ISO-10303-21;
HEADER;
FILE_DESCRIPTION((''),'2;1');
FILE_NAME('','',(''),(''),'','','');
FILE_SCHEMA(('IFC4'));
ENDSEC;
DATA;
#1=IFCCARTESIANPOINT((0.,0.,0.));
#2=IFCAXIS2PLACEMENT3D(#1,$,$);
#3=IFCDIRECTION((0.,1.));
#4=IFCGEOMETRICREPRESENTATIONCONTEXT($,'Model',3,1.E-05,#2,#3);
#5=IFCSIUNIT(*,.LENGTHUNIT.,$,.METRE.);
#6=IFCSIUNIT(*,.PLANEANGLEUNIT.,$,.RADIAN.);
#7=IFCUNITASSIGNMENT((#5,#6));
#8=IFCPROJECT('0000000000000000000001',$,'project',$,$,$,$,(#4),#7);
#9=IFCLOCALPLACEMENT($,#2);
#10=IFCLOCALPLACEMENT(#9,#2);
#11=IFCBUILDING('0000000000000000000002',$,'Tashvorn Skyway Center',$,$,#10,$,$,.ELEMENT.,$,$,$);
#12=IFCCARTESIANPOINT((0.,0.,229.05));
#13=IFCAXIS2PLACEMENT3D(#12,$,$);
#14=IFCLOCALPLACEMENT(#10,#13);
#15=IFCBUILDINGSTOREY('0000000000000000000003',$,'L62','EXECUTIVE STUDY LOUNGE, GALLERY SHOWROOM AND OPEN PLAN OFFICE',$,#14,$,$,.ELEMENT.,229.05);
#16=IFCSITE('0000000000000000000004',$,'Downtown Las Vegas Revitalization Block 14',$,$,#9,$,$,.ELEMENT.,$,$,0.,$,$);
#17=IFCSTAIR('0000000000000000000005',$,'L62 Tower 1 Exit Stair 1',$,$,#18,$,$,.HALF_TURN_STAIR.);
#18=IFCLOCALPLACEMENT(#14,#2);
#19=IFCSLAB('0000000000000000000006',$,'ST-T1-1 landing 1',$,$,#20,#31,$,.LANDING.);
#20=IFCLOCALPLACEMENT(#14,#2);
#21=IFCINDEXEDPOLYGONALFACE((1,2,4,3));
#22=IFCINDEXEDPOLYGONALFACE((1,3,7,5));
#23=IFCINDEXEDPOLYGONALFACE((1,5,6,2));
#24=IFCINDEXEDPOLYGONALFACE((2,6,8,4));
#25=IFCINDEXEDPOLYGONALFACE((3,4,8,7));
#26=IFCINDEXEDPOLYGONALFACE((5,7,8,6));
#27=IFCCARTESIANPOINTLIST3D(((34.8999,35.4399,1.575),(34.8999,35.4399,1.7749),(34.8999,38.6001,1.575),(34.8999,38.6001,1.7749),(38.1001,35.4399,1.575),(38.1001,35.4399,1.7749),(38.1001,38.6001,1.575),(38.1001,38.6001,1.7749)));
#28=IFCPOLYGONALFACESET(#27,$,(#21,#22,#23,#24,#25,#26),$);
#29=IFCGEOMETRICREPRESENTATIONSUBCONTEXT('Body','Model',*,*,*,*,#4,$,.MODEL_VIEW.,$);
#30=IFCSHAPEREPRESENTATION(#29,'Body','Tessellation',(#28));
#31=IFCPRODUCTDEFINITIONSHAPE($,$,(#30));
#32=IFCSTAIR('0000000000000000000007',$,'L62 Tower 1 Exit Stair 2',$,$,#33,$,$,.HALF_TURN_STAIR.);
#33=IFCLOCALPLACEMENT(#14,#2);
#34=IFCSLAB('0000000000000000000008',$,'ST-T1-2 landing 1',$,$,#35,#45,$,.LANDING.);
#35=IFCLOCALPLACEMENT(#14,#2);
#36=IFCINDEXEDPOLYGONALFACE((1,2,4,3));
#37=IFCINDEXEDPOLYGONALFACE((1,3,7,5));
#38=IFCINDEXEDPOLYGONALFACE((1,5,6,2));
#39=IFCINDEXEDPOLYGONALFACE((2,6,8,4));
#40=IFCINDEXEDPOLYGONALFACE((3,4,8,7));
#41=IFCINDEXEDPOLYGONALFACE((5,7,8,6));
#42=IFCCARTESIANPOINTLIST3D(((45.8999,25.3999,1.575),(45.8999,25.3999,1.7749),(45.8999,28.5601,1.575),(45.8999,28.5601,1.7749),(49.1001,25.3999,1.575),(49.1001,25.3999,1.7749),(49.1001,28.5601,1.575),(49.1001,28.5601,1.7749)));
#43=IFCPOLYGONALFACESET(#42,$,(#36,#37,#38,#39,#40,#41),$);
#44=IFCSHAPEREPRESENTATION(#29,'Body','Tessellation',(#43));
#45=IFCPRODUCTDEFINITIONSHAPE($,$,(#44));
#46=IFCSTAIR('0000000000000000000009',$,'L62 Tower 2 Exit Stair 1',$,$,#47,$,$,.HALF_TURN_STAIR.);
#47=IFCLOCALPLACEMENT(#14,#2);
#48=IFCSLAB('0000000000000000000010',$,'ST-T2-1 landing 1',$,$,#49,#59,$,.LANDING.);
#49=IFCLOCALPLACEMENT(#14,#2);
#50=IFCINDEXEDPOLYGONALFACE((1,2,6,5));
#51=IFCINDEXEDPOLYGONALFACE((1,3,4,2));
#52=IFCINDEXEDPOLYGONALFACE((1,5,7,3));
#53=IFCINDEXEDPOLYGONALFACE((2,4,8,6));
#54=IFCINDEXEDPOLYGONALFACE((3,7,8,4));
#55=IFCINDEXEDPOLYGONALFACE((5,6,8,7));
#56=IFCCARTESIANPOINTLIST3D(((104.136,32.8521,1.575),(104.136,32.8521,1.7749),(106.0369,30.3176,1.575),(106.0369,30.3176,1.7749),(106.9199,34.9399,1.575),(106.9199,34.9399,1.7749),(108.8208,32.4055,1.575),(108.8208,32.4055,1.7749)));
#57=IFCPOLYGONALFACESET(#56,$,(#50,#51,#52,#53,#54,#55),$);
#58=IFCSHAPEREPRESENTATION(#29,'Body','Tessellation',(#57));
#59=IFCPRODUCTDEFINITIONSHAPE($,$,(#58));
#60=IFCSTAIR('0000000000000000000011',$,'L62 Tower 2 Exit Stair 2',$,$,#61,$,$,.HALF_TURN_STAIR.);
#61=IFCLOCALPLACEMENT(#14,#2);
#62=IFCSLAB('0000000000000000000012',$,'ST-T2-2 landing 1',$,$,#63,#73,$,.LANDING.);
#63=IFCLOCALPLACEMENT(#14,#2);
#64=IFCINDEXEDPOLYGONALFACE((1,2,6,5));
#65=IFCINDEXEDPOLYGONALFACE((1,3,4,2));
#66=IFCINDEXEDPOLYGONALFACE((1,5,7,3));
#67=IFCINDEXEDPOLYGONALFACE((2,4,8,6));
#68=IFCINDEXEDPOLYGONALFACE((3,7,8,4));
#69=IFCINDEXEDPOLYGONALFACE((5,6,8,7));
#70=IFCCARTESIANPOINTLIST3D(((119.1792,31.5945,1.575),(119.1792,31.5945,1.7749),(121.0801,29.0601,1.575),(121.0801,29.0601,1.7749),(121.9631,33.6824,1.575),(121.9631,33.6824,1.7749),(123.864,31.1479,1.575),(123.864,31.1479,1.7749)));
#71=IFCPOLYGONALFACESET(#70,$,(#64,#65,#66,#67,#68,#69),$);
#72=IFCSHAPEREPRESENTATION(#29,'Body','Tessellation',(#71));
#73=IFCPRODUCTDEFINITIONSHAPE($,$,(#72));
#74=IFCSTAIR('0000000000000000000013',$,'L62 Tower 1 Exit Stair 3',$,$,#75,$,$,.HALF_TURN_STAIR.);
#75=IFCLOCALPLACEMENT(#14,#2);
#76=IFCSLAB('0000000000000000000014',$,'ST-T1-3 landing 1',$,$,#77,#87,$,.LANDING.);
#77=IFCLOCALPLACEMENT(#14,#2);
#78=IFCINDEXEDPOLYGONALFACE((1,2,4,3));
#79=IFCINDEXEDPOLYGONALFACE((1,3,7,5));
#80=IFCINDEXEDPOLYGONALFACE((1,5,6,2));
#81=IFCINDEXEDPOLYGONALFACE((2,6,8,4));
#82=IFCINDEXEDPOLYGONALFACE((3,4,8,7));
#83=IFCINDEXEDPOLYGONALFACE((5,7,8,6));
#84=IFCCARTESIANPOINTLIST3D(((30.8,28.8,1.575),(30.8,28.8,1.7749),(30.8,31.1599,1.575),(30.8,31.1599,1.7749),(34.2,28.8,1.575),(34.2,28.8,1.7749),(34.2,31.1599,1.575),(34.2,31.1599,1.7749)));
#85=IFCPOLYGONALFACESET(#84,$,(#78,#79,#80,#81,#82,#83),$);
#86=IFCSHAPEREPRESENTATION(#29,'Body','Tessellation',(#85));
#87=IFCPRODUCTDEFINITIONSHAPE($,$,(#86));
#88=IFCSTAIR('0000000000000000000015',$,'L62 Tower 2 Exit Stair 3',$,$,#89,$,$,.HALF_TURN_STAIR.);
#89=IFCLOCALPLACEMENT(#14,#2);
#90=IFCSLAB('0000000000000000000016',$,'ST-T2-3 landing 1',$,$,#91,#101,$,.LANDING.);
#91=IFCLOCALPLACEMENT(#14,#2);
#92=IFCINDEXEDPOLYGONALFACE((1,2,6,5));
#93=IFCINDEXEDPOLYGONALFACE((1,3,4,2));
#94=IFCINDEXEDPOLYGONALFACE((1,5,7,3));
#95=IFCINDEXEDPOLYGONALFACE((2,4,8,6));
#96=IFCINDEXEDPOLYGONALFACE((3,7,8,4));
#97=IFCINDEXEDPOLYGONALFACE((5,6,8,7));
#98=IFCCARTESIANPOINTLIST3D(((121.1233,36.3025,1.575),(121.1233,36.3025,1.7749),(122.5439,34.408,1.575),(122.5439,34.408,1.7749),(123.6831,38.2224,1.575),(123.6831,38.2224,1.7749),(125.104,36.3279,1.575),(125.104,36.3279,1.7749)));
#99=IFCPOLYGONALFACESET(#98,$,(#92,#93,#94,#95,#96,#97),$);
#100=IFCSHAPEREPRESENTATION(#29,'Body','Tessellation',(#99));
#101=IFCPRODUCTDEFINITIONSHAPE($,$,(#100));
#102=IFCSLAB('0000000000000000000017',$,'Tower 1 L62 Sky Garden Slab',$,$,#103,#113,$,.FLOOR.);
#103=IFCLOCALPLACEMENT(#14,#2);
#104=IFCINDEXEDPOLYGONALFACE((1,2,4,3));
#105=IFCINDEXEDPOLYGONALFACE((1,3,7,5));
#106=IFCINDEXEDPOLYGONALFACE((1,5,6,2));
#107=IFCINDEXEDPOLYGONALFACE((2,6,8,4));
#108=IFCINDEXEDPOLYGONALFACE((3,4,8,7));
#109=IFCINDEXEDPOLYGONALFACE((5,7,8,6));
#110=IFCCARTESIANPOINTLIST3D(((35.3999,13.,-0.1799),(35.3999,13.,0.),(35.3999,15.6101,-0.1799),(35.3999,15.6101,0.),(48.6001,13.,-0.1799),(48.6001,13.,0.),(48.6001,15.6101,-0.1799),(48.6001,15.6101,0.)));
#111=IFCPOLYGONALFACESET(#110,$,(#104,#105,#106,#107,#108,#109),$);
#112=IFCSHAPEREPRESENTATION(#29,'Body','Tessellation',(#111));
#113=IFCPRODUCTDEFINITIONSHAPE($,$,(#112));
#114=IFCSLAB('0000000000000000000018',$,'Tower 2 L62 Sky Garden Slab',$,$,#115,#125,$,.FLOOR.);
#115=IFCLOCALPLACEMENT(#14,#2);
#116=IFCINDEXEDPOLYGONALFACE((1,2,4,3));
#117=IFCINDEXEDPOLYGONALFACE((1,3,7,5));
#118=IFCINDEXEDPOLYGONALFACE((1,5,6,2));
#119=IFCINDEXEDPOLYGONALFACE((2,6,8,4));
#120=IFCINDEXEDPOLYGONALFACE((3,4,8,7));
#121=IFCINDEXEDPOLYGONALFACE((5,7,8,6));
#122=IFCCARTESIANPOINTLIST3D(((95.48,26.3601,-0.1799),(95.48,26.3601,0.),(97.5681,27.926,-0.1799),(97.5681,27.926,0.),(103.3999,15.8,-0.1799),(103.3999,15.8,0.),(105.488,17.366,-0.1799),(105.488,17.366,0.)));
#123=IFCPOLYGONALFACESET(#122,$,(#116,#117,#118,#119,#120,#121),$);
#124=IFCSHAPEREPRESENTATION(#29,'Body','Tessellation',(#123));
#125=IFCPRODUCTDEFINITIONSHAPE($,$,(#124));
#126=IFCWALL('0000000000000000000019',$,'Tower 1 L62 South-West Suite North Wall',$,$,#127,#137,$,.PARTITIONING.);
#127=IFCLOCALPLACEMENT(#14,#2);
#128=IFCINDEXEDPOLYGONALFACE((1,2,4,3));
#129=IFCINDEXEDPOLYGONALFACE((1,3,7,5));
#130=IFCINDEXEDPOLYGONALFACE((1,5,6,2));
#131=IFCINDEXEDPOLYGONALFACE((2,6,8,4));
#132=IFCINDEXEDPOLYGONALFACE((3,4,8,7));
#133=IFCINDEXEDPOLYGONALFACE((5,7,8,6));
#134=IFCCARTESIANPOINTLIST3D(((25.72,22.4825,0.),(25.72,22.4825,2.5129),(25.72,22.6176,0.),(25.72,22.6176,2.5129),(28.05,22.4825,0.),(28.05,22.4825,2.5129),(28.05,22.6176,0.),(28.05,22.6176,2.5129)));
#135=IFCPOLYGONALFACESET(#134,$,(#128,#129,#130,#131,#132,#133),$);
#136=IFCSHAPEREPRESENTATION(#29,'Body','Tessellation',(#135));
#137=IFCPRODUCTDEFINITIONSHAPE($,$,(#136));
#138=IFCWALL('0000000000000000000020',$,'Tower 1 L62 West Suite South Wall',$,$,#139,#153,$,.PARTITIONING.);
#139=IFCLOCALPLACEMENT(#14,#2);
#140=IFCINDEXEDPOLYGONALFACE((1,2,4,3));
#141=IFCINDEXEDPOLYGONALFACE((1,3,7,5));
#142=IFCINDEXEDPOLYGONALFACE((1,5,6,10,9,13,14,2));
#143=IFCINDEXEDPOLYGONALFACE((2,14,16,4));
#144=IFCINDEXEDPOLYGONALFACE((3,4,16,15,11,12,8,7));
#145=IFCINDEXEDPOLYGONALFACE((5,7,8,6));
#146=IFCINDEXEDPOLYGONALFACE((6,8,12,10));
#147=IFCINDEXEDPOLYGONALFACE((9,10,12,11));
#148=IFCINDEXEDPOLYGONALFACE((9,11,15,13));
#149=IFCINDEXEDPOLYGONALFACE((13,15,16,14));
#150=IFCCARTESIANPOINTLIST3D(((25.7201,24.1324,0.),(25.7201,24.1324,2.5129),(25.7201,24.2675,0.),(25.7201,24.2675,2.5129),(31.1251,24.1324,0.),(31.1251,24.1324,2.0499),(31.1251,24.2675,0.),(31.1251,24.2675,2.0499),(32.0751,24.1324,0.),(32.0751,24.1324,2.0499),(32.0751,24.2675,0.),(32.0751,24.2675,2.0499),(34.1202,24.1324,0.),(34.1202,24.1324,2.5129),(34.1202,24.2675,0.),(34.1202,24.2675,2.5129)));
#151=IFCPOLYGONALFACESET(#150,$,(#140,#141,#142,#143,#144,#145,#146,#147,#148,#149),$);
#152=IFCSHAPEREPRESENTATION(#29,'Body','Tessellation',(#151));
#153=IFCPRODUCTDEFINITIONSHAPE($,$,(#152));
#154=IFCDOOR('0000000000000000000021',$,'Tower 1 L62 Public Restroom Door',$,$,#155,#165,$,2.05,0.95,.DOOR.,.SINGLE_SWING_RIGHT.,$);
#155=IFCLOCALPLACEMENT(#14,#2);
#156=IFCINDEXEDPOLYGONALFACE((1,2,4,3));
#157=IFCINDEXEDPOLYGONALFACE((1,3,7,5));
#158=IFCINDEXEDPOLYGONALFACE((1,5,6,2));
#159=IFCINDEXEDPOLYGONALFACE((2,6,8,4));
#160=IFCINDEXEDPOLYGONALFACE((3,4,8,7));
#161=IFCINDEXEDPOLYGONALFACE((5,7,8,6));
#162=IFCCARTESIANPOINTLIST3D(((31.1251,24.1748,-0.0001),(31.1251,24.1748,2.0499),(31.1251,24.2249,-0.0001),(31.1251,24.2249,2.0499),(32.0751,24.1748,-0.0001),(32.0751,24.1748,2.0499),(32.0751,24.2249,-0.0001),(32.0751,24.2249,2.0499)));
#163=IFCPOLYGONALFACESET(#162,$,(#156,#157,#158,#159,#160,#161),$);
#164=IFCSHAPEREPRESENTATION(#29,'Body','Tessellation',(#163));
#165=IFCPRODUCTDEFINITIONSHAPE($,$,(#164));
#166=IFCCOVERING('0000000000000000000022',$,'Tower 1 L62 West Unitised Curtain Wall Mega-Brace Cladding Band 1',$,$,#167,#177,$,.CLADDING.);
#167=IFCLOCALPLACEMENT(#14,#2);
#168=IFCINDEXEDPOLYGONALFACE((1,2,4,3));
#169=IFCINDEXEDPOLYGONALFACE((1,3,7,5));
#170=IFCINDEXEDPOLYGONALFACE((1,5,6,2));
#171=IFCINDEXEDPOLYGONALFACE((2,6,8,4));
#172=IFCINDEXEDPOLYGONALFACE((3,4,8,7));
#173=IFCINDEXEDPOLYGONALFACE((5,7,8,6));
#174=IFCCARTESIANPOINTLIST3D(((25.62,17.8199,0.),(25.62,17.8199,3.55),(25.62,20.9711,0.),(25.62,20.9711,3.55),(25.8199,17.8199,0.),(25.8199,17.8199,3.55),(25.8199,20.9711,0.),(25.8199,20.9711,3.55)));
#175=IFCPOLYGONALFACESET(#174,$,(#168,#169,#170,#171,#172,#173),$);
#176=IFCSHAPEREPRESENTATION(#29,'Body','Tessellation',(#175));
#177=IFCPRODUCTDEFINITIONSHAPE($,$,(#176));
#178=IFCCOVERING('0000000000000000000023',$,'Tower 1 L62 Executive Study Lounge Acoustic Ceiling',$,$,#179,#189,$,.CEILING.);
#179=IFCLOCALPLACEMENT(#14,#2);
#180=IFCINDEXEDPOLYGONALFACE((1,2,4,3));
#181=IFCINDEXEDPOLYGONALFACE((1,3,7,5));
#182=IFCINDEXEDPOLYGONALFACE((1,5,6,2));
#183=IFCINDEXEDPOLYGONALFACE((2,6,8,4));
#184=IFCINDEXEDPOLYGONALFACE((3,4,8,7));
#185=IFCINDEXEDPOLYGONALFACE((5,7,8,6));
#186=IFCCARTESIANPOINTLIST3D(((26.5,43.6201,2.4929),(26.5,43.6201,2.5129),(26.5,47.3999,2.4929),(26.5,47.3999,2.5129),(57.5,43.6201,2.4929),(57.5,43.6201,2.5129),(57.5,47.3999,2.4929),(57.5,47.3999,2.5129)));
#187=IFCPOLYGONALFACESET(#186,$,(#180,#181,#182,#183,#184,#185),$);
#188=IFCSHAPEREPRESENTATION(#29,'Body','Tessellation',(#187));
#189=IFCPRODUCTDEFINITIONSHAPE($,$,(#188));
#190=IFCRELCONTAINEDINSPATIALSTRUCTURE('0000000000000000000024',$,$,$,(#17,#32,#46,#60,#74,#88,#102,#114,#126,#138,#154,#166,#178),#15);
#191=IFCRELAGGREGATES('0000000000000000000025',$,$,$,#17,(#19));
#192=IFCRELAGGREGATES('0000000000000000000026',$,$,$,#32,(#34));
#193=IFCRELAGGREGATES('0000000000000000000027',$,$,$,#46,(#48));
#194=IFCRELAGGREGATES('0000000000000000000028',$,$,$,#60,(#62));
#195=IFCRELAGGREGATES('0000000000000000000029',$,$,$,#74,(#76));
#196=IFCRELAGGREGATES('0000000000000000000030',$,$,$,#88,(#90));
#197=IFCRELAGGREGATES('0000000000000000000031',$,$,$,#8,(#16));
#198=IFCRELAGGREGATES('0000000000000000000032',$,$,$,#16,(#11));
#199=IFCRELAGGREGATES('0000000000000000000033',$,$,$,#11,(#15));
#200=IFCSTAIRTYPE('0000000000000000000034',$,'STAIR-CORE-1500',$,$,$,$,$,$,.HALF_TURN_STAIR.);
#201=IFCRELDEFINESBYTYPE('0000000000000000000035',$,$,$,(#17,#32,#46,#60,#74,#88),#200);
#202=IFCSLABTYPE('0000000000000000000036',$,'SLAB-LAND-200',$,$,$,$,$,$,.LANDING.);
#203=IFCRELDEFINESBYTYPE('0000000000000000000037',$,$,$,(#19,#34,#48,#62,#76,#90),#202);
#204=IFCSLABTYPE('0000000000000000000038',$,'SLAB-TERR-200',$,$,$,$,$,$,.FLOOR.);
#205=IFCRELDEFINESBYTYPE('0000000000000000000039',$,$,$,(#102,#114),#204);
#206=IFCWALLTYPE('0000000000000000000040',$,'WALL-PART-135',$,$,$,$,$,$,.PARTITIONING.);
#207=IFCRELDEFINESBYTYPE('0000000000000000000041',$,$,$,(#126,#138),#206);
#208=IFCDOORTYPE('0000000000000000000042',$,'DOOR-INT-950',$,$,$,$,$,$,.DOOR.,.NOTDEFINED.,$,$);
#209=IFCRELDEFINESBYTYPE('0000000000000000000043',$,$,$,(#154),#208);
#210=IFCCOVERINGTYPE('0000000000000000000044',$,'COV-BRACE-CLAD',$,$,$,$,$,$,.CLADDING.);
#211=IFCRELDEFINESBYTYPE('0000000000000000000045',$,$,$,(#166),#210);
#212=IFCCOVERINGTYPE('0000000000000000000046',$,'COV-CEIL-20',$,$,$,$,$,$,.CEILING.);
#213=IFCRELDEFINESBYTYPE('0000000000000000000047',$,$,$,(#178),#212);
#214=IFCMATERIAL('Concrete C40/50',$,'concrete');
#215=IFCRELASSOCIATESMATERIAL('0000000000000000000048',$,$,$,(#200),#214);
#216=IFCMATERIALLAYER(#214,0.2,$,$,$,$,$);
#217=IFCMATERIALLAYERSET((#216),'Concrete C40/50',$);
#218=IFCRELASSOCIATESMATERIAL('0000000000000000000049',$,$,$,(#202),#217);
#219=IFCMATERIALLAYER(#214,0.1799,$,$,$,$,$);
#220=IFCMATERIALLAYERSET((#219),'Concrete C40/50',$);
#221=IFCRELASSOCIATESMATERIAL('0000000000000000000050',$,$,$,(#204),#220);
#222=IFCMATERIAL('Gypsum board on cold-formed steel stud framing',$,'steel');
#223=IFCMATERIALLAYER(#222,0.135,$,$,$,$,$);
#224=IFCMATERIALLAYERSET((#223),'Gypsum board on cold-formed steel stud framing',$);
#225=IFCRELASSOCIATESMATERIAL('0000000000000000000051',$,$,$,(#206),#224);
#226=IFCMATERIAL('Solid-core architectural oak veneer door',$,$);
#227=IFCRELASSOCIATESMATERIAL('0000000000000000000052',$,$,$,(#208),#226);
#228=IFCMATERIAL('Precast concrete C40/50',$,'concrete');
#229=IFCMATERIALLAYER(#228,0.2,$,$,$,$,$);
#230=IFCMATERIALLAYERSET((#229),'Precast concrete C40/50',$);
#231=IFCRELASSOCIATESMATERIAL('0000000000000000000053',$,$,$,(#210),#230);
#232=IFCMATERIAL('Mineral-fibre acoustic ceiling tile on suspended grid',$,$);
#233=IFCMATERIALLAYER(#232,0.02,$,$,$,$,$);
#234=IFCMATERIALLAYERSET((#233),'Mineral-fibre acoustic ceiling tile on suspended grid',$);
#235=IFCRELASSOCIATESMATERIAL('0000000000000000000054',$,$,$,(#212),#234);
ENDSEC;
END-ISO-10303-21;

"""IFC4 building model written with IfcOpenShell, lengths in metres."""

from ifc_helpers import new_model, si_unit, direction, frame, frame_2d, origin, origin_2d, place, context, subcontext, project, spatial, polyline, rectangle, outline, extrude, material, layer, layer_set, type_object, element, fill, aggregate, save


model = new_model("IFC4")

# Units and contexts
model_context = context("Model", 3, precision=1e-05, world=origin(), true_north=direction((0.0, 1.0)))
body_context = subcontext(model_context, "Body", "Model", "MODEL_VIEW")
ifc_project = project(units=[si_unit("LENGTHUNIT", "METRE"), si_unit("PLANEANGLEUNIT", "RADIAN")], contexts=[model_context])

# Site, building, storey
site_placement = place(None, origin())
site = spatial("IfcSite", under=ifc_project, at=site_placement, Name="Downtown Las Vegas Revitalization Block 14", CompositionType="ELEMENT", RefElevation=0.0)
building_placement = place(site_placement, origin())
building = spatial("IfcBuilding", under=site, at=building_placement, Name="Tashvorn Skyway Center", CompositionType="ELEMENT")
storey_placement = place(building_placement, frame((0.0, 0.0, 229.05)))
storey = spatial("IfcBuildingStorey", under=building, at=storey_placement, Name="L62", Description="EXECUTIVE STUDY LOUNGE, GALLERY SHOWROOM AND OPEN PLAN OFFICE", CompositionType="ELEMENT", Elevation=229.05)

# Shared definitions
ifc_material_1 = material(Name="Concrete C40/50", Category="concrete")

# Stairs, slabs
stair_type = type_object("IfcStairType", Name="STAIR-CORE-1500", PredefinedType="HALF_TURN_STAIR", material=ifc_material_1)
stair_1_placement = place(storey_placement, origin())
stair_1 = element("IfcStair", 1, at=stair_1_placement, inside=storey, type_object=stair_type, Name="L62 Tower 1 Exit Stair 1", PredefinedType="HALF_TURN_STAIR")
ifc_layer_1 = layer(ifc_material_1, 0.2)
ifc_layer_set_1 = layer_set([ifc_layer_1], Name="Concrete C40/50")
slab_type_1 = type_object("IfcSlabType", Name="SLAB-LAND-200", PredefinedType="LANDING", material=ifc_layer_set_1)
slab_1_placement = place(storey_placement, frame((0.0, 0.0, 1.575)))
slab_1 = element("IfcSlab", 2, at=slab_1_placement, type_object=slab_type_1, Name="ST-T1-1 landing 1", PredefinedType="LANDING", context=body_context, shape_type="SweptSolid", body=[
    extrude(outline(polyline([(38.1001, 35.4399), (38.1001, 38.6001), (34.8999, 38.6001), (34.8999, 35.4399), (38.1001, 35.4399)])), origin(), (0.0, 0.0, 1.0), 0.2),
])
aggregate(stair_1, [slab_1])
stair_2_placement = place(storey_placement, origin())
stair_2 = element("IfcStair", 3, at=stair_2_placement, inside=storey, type_object=stair_type, Name="L62 Tower 1 Exit Stair 2", PredefinedType="HALF_TURN_STAIR")
slab_2_placement = place(storey_placement, frame((0.0, 0.0, 1.575)))
slab_2 = element("IfcSlab", 4, at=slab_2_placement, type_object=slab_type_1, Name="ST-T1-2 landing 1", PredefinedType="LANDING", context=body_context, shape_type="SweptSolid", body=[
    extrude(outline(polyline([(45.8999, 28.5601), (45.8999, 25.3999), (49.1001, 25.3999), (49.1001, 28.5601), (45.8999, 28.5601)])), origin(), (0.0, 0.0, 1.0), 0.2),
])
aggregate(stair_2, [slab_2])
stair_3_placement = place(storey_placement, origin())
stair_3 = element("IfcStair", 5, at=stair_3_placement, inside=storey, type_object=stair_type, Name="L62 Tower 2 Exit Stair 1", PredefinedType="HALF_TURN_STAIR")
slab_3_placement = place(storey_placement, frame((0.0, 0.0, 1.575)))
slab_3 = element("IfcSlab", 6, at=slab_3_placement, type_object=slab_type_1, Name="ST-T2-1 landing 1", PredefinedType="LANDING", context=body_context, shape_type="SweptSolid", body=[
    extrude(outline(polyline([(108.8208, 32.4055), (106.9199, 34.9399), (104.136, 32.8521), (106.0369, 30.3176), (108.8208, 32.4055)])), origin(), (0.0, 0.0, 1.0), 0.2),
])
aggregate(stair_3, [slab_3])
stair_4_placement = place(storey_placement, origin())
stair_4 = element("IfcStair", 7, at=stair_4_placement, inside=storey, type_object=stair_type, Name="L62 Tower 2 Exit Stair 2", PredefinedType="HALF_TURN_STAIR")
slab_4_placement = place(storey_placement, frame((0.0, 0.0, 1.575)))
slab_4 = element("IfcSlab", 8, at=slab_4_placement, type_object=slab_type_1, Name="ST-T2-2 landing 1", PredefinedType="LANDING", context=body_context, shape_type="SweptSolid", body=[
    extrude(outline(polyline([(119.1792, 31.5945), (121.0801, 29.0601), (123.864, 31.1479), (121.9631, 33.6824), (119.1792, 31.5945)])), origin(), (0.0, 0.0, 1.0), 0.2),
])
aggregate(stair_4, [slab_4])
stair_5_placement = place(storey_placement, origin())
stair_5 = element("IfcStair", 9, at=stair_5_placement, inside=storey, type_object=stair_type, Name="L62 Tower 1 Exit Stair 3", PredefinedType="HALF_TURN_STAIR")
slab_5_placement = place(storey_placement, frame((0.0, 0.0, 1.575)))
slab_5 = element("IfcSlab", 10, at=slab_5_placement, type_object=slab_type_1, Name="ST-T1-3 landing 1", PredefinedType="LANDING", context=body_context, shape_type="SweptSolid", body=[
    extrude(outline(polyline([(30.8, 31.1599), (30.8, 28.8), (34.2, 28.8), (34.2, 31.1599), (30.8, 31.1599)])), origin(), (0.0, 0.0, 1.0), 0.2),
])
aggregate(stair_5, [slab_5])
stair_6_placement = place(storey_placement, origin())
stair_6 = element("IfcStair", 11, at=stair_6_placement, inside=storey, type_object=stair_type, Name="L62 Tower 2 Exit Stair 3", PredefinedType="HALF_TURN_STAIR")
slab_6_placement = place(storey_placement, frame((0.0, 0.0, 1.575)))
slab_6 = element("IfcSlab", 12, at=slab_6_placement, type_object=slab_type_1, Name="ST-T2-3 landing 1", PredefinedType="LANDING", context=body_context, shape_type="SweptSolid", body=[
    extrude(outline(polyline([(121.1233, 36.3025), (122.5439, 34.408), (125.104, 36.3279), (123.6831, 38.2224), (121.1233, 36.3025)])), origin(), (0.0, 0.0, 1.0), 0.2),
])
aggregate(stair_6, [slab_6])

# Slabs
ifc_layer_2 = layer(ifc_material_1, 0.1799)
ifc_layer_set_2 = layer_set([ifc_layer_2], Name="Concrete C40/50")
slab_type_2 = type_object("IfcSlabType", Name="SLAB-TERR-200", PredefinedType="FLOOR", material=ifc_layer_set_2)
slab_7_placement = place(storey_placement, frame((0.0, 0.0, -0.1799)))
element("IfcSlab", 13, at=slab_7_placement, inside=storey, type_object=slab_type_2, Name="Tower 1 L62 Sky Garden Slab", PredefinedType="FLOOR", context=body_context, shape_type="SweptSolid", body=[
    extrude(outline(polyline([(35.3999, 13.0), (48.6001, 13.0), (48.6001, 15.6101), (35.3999, 15.6101), (35.3999, 13.0)])), origin(), (0.0, 0.0, 1.0), 0.1799),
])
slab_8_placement = place(storey_placement, frame((0.0, 0.0, -0.1799)))
element("IfcSlab", 14, at=slab_8_placement, inside=storey, type_object=slab_type_2, Name="Tower 2 L62 Sky Garden Slab", PredefinedType="FLOOR", context=body_context, shape_type="SweptSolid", body=[
    extrude(outline(polyline([(103.3999, 15.8), (105.488, 17.366), (97.5681, 27.926), (95.48, 26.3601), (103.3999, 15.8)])), origin(), (0.0, 0.0, 1.0), 0.1799),
])

# Wall
ifc_material_2 = material(Name="Gypsum board on cold-formed steel stud framing", Category="steel")
ifc_layer_3 = layer(ifc_material_2, 0.135)
ifc_layer_set_3 = layer_set([ifc_layer_3], Name="Gypsum board on cold-formed steel stud framing")
wall_type = type_object("IfcWallType", Name="WALL-PART-135", PredefinedType="PARTITIONING", material=ifc_layer_set_3)
wall_1_placement = place(storey_placement, frame((25.72, 22.55, 0.0), z_axis=(0.0, 0.0, 1.0), x_axis=(1.0, 0.0, 0.0)))
element("IfcWall", 15, at=wall_1_placement, inside=storey, type_object=wall_type, Name="Tower 1 L62 South-West Suite North Wall", PredefinedType="PARTITIONING", context=body_context, shape_type="SweptSolid", body=[
    extrude(rectangle(XDim=2.3301, YDim=0.135, at=frame_2d((1.165, 0.0))), origin(), (0.0, 0.0, 1.0), 2.5129),
])

# Wall, opening, door
wall_2_placement = place(storey_placement, frame((25.72, 24.2, 0.0), z_axis=(0.0, 0.0, 1.0), x_axis=(1.0, 0.0, 0.0)))
wall_2 = element("IfcWall", 16, at=wall_2_placement, inside=storey, type_object=wall_type, Name="Tower 1 L62 West Suite South Wall", PredefinedType="PARTITIONING", context=body_context, shape_type="SweptSolid", body=[
    extrude(rectangle(XDim=8.4001, YDim=0.135, at=frame_2d((4.2002, 0.0))), origin(), (0.0, 0.0, 1.0), 2.5129),
])
opening_placement = place(wall_2_placement, frame((5.405, 0.0, 0.0)))
opening = element("IfcOpeningElement", 17, at=opening_placement, cuts=wall_2, PredefinedType="OPENING", context=body_context, shape_type="SweptSolid", body=[
    extrude(rectangle(XDim=0.95, YDim=2.05, at=frame_2d((0.4751, 1.0249))), frame((0.0, 0.0774, 0.0), z_axis=(0.0, -1.0, 0.0), x_axis=(1.0, 0.0, 0.0)), (0.0, 0.0, 1.0), 0.155),
])
ifc_material_3 = material(Name="Solid-core architectural oak veneer door")
door_type = type_object("IfcDoorType", Name="DOOR-INT-950", OperationType="NOTDEFINED", PredefinedType="DOOR", material=ifc_material_3)
door_placement = place(opening_placement, origin())
door = element("IfcDoor", 18, at=door_placement, inside=storey, type_object=door_type, Name="Tower 1 L62 Public Restroom Door", OperationType="SINGLE_SWING_RIGHT", OverallHeight=2.05, OverallWidth=0.95, PredefinedType="DOOR", context=body_context, shape_type="SweptSolid", body=[
    extrude(rectangle(XDim=0.95, YDim=2.05, at=frame_2d((0.4751, 1.0249))), frame((0.0, 0.0249, 0.0), z_axis=(0.0, -1.0, 0.0), x_axis=(1.0, 0.0, 0.0)), (0.0, 0.0, 1.0), 0.05),
])
fill(opening, door)

# Coverings
ifc_material_4 = material(Name="Precast concrete C40/50", Category="concrete")
ifc_layer_4 = layer(ifc_material_4, 0.2)
ifc_layer_set_4 = layer_set([ifc_layer_4], Name="Precast concrete C40/50")
covering_type_1 = type_object("IfcCoveringType", Name="COV-BRACE-CLAD", PredefinedType="CLADDING", material=ifc_layer_set_4)
covering_1_placement = place(storey_placement, frame((25.72, 19.3955, 0.0), z_axis=(0.0, 0.0, 1.0), x_axis=(0.0, 1.0, 0.0)))
element("IfcCovering", 19, at=covering_1_placement, inside=storey, type_object=covering_type_1, Name="Tower 1 L62 West Unitised Curtain Wall Mega-Brace Cladding Band 1", PredefinedType="CLADDING", context=body_context, shape_type="SweptSolid", body=[
    extrude(rectangle(XDim=3.1511, YDim=0.2, at=origin_2d()), origin(), (0.0, 0.0, 1.0), 3.55),
])
ifc_material_5 = material(Name="Mineral-fibre acoustic ceiling tile on suspended grid")
ifc_layer_5 = layer(ifc_material_5, 0.02)
ifc_layer_set_5 = layer_set([ifc_layer_5], Name="Mineral-fibre acoustic ceiling tile on suspended grid")
covering_type_2 = type_object("IfcCoveringType", Name="COV-CEIL-20", PredefinedType="CEILING", material=ifc_layer_set_5)
covering_2_placement = place(storey_placement, frame((0.0, 0.0, 2.4929)))
element("IfcCovering", 20, at=covering_2_placement, inside=storey, type_object=covering_type_2, Name="Tower 1 L62 Executive Study Lounge Acoustic Ceiling", PredefinedType="CEILING", context=body_context, shape_type="SweptSolid", body=[
    extrude(outline(polyline([(26.5, 43.6201), (57.5, 43.6201), (57.5, 47.3999), (26.5, 47.3999), (26.5, 43.6201)])), origin(), (0.0, 0.0, 1.0), 0.02),
])

save(model, "model.ifc")
